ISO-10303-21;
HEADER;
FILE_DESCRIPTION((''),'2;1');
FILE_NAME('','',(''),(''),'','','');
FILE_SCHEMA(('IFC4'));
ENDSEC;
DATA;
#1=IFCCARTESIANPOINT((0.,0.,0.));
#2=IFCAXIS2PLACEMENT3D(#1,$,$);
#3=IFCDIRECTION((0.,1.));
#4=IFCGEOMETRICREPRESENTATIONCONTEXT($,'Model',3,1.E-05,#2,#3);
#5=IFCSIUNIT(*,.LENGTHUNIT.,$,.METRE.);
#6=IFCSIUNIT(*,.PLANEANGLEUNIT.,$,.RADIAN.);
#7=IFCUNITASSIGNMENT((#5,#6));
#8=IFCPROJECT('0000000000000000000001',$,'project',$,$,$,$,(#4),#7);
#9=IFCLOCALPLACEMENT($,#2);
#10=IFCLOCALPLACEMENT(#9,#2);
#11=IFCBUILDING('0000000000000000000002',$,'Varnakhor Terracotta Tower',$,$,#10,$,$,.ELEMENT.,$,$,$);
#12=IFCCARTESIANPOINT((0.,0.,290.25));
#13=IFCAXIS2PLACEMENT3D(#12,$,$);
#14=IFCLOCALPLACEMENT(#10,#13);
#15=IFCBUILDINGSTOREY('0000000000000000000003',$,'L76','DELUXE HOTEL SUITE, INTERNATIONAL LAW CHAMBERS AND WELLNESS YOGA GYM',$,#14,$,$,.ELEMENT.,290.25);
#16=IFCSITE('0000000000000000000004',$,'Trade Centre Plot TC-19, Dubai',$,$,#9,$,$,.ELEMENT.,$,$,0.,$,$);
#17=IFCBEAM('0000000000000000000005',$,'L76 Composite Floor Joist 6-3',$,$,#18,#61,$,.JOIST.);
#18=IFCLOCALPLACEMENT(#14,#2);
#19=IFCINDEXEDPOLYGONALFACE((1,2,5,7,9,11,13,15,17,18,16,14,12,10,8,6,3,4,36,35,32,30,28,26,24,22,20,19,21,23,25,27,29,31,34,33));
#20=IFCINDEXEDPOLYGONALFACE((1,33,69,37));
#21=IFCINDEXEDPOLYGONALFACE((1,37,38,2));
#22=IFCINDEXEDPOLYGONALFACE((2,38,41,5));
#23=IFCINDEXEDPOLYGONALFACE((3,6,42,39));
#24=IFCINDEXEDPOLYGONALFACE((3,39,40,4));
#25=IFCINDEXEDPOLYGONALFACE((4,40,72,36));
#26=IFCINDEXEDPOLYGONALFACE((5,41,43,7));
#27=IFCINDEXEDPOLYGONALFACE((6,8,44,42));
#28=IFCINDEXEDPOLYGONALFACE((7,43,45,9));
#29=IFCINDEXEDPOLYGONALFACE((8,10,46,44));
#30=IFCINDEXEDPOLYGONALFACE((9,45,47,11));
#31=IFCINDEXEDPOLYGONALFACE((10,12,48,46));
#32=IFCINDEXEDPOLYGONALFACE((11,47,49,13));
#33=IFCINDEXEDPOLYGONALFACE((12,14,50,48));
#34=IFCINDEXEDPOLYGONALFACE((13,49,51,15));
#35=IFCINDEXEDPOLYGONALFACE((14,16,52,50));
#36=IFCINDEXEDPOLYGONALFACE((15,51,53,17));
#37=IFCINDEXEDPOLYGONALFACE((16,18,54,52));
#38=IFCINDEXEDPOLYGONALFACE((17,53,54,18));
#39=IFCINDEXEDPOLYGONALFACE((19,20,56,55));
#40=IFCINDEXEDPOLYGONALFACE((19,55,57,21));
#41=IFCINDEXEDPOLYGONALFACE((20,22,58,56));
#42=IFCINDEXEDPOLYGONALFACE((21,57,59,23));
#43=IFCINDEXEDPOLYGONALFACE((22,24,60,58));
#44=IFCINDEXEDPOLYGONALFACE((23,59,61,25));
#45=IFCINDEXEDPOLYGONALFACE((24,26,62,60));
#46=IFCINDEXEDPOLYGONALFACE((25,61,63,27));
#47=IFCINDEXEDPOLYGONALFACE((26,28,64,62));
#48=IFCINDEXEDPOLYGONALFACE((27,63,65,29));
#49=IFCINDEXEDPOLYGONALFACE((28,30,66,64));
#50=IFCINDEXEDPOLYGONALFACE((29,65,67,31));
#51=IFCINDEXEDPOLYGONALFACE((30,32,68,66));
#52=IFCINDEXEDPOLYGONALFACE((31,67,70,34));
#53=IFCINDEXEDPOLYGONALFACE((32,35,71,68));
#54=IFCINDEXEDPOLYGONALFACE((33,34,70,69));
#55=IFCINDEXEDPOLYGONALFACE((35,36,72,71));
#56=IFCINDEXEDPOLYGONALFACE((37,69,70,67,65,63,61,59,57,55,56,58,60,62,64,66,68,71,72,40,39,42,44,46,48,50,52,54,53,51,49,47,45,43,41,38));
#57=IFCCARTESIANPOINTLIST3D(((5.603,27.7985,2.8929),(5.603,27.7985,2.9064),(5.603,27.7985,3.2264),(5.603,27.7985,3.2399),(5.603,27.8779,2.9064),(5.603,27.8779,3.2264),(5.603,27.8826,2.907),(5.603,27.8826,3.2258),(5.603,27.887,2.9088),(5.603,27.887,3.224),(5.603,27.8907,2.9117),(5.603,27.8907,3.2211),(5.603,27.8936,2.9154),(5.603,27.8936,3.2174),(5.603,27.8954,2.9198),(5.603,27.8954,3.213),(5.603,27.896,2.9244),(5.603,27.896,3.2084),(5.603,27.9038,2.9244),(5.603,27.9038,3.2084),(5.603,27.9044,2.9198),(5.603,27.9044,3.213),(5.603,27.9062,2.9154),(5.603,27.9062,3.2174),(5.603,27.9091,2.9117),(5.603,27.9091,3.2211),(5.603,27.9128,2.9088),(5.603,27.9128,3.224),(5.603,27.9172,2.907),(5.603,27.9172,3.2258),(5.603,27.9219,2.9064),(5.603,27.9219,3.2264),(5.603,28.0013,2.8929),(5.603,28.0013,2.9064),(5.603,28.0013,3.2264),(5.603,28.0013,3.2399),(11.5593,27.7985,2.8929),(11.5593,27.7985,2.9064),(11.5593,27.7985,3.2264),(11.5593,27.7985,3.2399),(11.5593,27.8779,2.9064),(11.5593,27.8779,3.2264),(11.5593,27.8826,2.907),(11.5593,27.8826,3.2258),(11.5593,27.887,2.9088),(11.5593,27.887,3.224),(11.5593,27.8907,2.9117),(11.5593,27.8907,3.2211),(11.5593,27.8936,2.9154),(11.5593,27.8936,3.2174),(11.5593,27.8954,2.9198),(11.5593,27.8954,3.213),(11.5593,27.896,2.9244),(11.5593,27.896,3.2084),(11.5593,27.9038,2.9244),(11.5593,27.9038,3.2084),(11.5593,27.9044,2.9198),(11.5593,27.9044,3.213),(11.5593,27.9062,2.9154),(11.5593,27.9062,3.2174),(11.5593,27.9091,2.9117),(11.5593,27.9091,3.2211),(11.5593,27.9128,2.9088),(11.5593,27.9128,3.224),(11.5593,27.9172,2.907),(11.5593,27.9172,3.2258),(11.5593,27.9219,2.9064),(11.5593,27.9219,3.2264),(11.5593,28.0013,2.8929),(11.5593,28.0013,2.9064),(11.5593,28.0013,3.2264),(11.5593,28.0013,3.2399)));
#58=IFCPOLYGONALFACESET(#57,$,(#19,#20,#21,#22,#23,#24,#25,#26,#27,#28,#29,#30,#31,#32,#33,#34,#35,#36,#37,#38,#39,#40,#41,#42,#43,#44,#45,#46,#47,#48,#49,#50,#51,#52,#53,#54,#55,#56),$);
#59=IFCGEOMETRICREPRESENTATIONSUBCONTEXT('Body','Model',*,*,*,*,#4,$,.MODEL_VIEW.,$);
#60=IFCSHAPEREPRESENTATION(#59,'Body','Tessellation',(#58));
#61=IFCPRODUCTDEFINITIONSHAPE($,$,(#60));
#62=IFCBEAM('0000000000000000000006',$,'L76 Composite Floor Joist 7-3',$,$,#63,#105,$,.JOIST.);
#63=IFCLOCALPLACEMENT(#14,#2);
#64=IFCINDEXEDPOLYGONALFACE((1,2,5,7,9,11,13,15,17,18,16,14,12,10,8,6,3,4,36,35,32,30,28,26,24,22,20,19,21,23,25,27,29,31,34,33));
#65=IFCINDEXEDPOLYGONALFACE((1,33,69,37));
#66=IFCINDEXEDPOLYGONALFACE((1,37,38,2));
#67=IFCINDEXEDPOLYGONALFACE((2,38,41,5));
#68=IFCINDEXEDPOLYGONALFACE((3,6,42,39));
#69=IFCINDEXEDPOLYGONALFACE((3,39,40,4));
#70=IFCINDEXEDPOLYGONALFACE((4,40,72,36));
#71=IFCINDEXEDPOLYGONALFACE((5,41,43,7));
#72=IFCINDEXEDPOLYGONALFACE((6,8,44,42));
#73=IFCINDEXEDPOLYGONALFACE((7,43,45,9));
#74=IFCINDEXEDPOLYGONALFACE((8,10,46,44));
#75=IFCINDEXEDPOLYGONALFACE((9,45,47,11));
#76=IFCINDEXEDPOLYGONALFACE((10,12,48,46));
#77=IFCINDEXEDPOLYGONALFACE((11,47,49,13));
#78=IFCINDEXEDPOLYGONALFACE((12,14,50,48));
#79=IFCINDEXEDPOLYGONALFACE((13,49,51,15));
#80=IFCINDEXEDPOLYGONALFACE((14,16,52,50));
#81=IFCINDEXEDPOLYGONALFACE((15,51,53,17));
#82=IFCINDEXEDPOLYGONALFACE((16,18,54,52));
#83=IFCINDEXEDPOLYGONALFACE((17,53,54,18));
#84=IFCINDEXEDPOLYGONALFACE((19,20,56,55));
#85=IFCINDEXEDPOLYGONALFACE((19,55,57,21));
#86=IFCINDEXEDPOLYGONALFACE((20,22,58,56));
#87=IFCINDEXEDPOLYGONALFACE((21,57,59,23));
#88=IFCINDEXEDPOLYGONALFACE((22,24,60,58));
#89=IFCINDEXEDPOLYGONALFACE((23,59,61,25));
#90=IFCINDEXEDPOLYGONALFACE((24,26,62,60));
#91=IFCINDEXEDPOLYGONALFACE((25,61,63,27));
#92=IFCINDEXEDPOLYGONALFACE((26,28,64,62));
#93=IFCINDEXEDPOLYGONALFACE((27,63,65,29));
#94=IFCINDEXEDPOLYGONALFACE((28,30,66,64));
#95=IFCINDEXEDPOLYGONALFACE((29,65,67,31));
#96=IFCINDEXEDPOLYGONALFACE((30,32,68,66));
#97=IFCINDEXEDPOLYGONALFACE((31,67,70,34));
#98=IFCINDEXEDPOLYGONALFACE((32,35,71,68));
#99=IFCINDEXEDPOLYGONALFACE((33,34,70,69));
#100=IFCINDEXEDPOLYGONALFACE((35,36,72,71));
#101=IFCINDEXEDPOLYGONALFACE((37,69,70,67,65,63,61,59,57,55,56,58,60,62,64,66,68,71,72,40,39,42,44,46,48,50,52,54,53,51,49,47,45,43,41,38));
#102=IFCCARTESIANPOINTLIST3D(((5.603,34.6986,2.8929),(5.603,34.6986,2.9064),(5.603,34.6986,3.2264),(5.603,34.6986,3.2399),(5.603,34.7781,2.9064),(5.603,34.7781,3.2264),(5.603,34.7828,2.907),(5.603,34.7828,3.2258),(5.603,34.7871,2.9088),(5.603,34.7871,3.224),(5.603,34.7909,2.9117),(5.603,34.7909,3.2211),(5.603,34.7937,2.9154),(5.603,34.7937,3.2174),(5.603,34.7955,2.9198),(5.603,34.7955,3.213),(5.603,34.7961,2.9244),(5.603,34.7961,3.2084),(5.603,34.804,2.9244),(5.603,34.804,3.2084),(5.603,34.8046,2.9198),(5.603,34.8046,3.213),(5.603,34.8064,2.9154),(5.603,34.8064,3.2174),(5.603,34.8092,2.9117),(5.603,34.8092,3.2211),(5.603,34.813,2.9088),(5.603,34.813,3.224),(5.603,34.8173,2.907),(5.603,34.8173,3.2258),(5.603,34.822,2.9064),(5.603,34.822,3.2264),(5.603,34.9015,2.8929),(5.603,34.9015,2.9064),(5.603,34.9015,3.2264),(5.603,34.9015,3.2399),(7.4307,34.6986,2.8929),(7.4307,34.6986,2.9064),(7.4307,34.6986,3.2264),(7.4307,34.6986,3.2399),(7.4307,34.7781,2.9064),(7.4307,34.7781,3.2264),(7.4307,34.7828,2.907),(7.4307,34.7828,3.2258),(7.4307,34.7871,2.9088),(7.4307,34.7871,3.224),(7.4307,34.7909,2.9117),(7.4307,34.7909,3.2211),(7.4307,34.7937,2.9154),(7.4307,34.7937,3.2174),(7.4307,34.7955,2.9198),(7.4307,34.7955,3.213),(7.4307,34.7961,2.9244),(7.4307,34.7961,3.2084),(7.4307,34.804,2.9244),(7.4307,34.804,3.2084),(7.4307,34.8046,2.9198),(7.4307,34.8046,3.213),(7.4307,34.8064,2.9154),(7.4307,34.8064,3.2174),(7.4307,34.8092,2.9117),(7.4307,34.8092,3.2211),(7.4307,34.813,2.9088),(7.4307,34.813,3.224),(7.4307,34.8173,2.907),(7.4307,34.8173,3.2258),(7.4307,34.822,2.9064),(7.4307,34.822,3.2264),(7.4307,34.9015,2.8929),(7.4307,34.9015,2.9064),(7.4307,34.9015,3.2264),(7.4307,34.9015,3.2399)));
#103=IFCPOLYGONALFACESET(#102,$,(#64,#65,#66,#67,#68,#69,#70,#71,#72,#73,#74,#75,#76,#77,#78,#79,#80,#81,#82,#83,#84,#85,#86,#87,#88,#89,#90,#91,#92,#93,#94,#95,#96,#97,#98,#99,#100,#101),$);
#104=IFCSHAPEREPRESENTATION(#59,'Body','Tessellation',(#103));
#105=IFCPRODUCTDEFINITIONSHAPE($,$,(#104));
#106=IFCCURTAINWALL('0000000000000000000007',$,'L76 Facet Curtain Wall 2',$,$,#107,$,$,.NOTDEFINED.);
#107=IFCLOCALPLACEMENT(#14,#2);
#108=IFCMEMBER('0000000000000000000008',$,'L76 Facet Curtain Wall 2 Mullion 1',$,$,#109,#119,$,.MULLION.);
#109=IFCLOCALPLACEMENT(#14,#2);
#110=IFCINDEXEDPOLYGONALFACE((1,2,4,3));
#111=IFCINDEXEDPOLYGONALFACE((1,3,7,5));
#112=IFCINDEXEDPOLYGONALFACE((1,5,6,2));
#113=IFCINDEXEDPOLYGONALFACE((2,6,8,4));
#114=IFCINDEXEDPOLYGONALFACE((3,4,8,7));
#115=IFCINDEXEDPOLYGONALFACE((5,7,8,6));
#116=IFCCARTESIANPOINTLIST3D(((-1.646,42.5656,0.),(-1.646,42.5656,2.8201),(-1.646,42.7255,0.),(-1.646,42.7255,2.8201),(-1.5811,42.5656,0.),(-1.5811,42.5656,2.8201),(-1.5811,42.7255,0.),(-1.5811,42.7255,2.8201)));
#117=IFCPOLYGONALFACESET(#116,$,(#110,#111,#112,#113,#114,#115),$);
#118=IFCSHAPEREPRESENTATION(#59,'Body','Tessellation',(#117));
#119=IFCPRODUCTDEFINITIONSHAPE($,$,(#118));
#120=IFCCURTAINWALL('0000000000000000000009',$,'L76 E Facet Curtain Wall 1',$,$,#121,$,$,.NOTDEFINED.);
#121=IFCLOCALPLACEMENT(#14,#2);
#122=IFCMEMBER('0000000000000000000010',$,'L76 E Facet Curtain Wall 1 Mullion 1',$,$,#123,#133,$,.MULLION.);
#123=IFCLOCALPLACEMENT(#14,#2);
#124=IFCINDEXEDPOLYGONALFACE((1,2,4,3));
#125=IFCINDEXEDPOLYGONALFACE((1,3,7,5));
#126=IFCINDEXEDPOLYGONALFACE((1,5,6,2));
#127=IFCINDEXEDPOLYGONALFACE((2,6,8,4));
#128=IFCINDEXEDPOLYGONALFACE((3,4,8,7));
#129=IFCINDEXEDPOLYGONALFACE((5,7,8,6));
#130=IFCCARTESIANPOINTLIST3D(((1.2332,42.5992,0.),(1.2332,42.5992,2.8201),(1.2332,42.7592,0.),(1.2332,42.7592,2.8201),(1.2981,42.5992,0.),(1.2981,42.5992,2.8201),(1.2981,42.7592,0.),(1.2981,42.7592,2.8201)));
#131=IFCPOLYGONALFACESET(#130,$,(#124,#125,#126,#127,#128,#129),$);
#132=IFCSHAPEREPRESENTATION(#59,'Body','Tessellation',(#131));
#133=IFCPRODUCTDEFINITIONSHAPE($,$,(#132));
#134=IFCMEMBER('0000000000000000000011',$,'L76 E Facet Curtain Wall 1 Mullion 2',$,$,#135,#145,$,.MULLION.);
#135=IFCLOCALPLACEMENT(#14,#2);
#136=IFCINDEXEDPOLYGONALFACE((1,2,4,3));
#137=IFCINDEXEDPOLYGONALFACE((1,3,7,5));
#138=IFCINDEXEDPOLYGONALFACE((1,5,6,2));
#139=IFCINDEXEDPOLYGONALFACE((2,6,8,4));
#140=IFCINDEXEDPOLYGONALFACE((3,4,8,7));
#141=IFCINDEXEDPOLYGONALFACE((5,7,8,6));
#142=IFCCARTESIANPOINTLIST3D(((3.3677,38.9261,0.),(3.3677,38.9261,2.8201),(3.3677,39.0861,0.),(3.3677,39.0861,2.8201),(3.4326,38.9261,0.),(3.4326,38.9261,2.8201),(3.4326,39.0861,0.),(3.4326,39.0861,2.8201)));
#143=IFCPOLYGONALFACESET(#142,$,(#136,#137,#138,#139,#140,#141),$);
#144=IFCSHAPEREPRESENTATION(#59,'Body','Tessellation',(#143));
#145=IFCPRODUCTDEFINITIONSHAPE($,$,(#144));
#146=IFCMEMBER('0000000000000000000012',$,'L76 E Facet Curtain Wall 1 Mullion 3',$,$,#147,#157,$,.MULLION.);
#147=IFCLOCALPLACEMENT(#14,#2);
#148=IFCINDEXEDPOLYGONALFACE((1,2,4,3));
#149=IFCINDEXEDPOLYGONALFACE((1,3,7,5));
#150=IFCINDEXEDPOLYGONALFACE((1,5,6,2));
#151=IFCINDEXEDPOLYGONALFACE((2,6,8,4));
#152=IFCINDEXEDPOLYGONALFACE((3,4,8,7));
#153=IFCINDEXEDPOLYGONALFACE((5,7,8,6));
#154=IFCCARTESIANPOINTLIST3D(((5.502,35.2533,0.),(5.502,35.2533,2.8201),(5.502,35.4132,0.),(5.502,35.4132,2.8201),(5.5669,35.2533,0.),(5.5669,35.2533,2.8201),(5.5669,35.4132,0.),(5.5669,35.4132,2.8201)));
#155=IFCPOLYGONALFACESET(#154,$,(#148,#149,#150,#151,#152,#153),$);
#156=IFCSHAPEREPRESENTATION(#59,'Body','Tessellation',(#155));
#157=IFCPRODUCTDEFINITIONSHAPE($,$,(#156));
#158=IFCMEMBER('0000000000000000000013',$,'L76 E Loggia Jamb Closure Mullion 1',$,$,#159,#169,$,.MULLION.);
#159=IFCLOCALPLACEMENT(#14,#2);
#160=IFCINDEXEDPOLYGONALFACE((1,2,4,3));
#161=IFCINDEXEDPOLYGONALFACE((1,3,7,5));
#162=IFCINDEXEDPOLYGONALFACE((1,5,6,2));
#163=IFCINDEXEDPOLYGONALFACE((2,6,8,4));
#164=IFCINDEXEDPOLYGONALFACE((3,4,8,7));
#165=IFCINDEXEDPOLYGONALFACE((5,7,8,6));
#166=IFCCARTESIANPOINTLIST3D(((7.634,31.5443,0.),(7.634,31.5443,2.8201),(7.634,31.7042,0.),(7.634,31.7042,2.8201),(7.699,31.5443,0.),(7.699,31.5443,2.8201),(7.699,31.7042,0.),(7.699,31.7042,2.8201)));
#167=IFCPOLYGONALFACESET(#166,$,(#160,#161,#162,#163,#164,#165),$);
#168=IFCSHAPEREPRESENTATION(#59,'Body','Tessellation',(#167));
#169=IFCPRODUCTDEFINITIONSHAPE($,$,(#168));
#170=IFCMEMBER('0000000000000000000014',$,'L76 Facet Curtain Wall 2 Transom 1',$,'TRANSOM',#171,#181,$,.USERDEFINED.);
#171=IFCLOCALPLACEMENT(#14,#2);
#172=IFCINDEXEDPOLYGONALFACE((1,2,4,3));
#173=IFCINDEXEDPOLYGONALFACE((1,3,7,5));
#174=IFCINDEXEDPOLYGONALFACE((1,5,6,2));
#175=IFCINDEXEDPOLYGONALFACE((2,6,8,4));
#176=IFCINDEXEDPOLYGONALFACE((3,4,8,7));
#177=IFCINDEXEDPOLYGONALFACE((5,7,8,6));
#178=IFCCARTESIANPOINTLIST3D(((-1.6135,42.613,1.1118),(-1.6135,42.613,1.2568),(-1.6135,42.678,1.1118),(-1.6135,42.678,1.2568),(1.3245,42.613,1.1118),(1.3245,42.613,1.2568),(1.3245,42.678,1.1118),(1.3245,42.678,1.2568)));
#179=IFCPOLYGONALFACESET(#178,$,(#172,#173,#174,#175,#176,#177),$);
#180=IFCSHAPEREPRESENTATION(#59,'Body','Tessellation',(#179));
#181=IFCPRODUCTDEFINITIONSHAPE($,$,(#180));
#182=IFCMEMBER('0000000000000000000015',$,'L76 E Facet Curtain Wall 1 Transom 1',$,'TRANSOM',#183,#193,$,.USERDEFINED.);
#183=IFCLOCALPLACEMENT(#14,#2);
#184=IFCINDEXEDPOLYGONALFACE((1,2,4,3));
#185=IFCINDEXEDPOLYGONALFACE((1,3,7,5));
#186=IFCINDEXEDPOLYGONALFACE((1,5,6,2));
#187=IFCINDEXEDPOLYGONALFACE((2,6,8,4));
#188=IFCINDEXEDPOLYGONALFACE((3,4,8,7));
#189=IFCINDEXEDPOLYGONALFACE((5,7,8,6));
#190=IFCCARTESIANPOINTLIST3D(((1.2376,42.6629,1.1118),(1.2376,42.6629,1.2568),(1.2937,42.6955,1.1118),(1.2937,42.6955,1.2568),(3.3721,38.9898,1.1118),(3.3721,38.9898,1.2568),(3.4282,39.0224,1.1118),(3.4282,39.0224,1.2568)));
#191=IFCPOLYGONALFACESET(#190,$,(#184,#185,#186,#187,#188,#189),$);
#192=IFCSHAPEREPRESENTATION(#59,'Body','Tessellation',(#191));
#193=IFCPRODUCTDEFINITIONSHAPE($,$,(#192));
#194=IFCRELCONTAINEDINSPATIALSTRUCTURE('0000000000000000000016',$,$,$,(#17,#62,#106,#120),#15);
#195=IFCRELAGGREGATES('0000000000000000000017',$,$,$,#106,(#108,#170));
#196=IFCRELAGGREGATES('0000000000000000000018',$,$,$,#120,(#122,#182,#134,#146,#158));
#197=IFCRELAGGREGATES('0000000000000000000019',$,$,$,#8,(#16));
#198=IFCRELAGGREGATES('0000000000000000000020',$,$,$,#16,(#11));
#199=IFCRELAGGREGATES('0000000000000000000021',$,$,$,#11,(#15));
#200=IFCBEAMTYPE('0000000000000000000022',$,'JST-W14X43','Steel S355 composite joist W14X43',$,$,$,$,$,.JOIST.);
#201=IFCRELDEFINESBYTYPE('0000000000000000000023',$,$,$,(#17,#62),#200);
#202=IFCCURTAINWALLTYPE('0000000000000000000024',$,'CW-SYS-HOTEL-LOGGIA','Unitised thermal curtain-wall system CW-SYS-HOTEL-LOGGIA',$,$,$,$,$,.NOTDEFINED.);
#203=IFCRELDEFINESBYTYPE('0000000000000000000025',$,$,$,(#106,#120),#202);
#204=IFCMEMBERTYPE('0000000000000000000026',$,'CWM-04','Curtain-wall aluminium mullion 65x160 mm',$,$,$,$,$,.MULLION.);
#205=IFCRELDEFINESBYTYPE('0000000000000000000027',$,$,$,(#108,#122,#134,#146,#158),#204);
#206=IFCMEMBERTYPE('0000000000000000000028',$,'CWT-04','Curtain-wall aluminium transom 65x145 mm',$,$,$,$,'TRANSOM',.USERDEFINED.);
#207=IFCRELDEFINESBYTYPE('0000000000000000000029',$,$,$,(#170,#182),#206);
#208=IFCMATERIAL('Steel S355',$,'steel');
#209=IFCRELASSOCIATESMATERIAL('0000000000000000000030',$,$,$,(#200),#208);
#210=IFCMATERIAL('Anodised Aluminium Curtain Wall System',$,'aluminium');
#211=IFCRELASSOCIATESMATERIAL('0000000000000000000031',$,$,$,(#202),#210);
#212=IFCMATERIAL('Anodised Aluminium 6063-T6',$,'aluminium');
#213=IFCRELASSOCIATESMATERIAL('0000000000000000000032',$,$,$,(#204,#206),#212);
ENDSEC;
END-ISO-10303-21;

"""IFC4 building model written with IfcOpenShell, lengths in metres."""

from ifc_helpers import new_model, si_unit, direction, frame, origin, origin_2d, place, context, subcontext, project, spatial, rectangle, i_section, extrude, source, transform, mapped, material, material_profile, profile_set, type_object, type_shapes, element, aggregate, save


model = new_model("IFC4")

# Units and contexts
model_context = context("Model", 3, precision=1e-05, world=origin(), true_north=direction((0.0, 1.0)))
body_context = subcontext(model_context, "Body", "Model", "MODEL_VIEW")
ifc_project = project(units=[si_unit("LENGTHUNIT", "METRE"), si_unit("PLANEANGLEUNIT", "RADIAN")], contexts=[model_context])

# Site, building, storey
site_placement = place(None, origin())
site = spatial("IfcSite", under=ifc_project, at=site_placement, Name="Trade Centre Plot TC-19, Dubai", CompositionType="ELEMENT", RefElevation=0.0)
building_placement = place(site_placement, origin())
building = spatial("IfcBuilding", under=site, at=building_placement, Name="Varnakhor Terracotta Tower", CompositionType="ELEMENT")
storey_placement = place(building_placement, frame((0.0, 0.0, 290.25)))
storey = spatial("IfcBuildingStorey", under=building, at=storey_placement, Name="L76", Description="DELUXE HOTEL SUITE, INTERNATIONAL LAW CHAMBERS AND WELLNESS YOGA GYM", CompositionType="ELEMENT", Elevation=290.25)

# Shared definitions
ifc_material_1 = material(Name="Steel S355", Category="steel")

# Beams
ifc_material_profile_1 = material_profile(ifc_material_1, i_section(OverallWidth=0.2029, OverallDepth=0.3469, WebThickness=0.0078, FlangeThickness=0.0134, FilletRadius=0.0181, at=origin_2d()), Name="W14X43")
ifc_profile_set_1 = profile_set([ifc_material_profile_1], Name="Steel S355")
beam_type_1 = type_object("IfcBeamType", Name="JST-W14X43", Description="Steel S355 composite joist W14X43", PredefinedType="JOIST", material=ifc_profile_set_1)
shared_shape_1 = source(origin(), body_context, "Body", "SweptSolid", [
    extrude(i_section(OverallWidth=0.2029, OverallDepth=0.3469, WebThickness=0.0078, FlangeThickness=0.0134, FilletRadius=0.0181, at=origin_2d()), origin(), (0.0, 0.0, 1.0), 5.9563),
])
beam_1_placement = place(storey_placement, frame((5.603, 27.8999, 3.0664), z_axis=(1.0, 0.0, 0.0), x_axis=(0.0, 1.0, 0.0)))
element("IfcBeam", 1, at=beam_1_placement, inside=storey, type_object=beam_type_1, Name="L76 Composite Floor Joist 6-3", PredefinedType="JOIST", context=body_context, shape_type="MappedRepresentation", body=[
    mapped(shared_shape_1, transform((0.0, 0.0, 0.0), scale=1.0)),
])
shared_shape_2 = source(origin(), body_context, "Body", "SweptSolid", [
    extrude(i_section(OverallWidth=0.2029, OverallDepth=0.3469, WebThickness=0.0078, FlangeThickness=0.0134, FilletRadius=0.0181, at=origin_2d()), origin(), (0.0, 0.0, 1.0), 1.8276),
])
beam_2_placement = place(storey_placement, frame((5.603, 34.8, 3.0664), z_axis=(1.0, 0.0, 0.0), x_axis=(0.0, 1.0, 0.0)))
element("IfcBeam", 2, at=beam_2_placement, inside=storey, type_object=beam_type_1, Name="L76 Composite Floor Joist 7-3", PredefinedType="JOIST", context=body_context, shape_type="MappedRepresentation", body=[
    mapped(shared_shape_2, transform((0.0, 0.0, 0.0), scale=1.0)),
])

# Curtain wall, member
ifc_material_2 = material(Name="Anodised Aluminium Curtain Wall System", Category="aluminium")
curtain_wall_type = type_object("IfcCurtainWallType", Name="CW-SYS-HOTEL-LOGGIA", Description="Unitised thermal curtain-wall system CW-SYS-HOTEL-LOGGIA", PredefinedType="NOTDEFINED", material=ifc_material_2)
curtain_wall_1_placement = place(storey_placement, origin())
curtain_wall_1 = element("IfcCurtainWall", 3, at=curtain_wall_1_placement, inside=storey, type_object=curtain_wall_type, Name="L76 Facet Curtain Wall 2", PredefinedType="NOTDEFINED")
ifc_material_3 = material(Name="Anodised Aluminium 6063-T6", Category="aluminium")
ifc_material_profile_2 = material_profile(ifc_material_3, rectangle(XDim=0.0649, YDim=0.1599, at=origin_2d()), Name="ALU MULLION 65x160")
ifc_profile_set_2 = profile_set([ifc_material_profile_2], Name="Anodised Aluminium 6063-T6")
member_type_1 = type_object("IfcMemberType", Name="CWM-04", Description="Curtain-wall aluminium mullion 65x160 mm", PredefinedType="MULLION", material=ifc_profile_set_2)
shared_shape_3 = source(origin(), body_context, "Body", "SweptSolid", [
    extrude(rectangle(XDim=0.0649, YDim=0.1599, at=origin_2d()), origin(), (0.0, 0.0, 1.0), 2.8201),
])
type_shapes(member_type_1, [shared_shape_3])
member_1_placement = place(storey_placement, frame((-1.6135, 42.6455, 0.0), z_axis=(0.0, 0.0, 1.0), x_axis=(1.0, 0.0, 0.0)))
member_1 = element("IfcMember", 4, at=member_1_placement, type_object=member_type_1, Name="L76 Facet Curtain Wall 2 Mullion 1", PredefinedType="MULLION", context=body_context, shape_type="MappedRepresentation", body=[
    mapped(shared_shape_3, transform((0.0, 0.0, 0.0), scale=1.0)),
])

# Curtain wall, members
curtain_wall_2_placement = place(storey_placement, origin())
curtain_wall_2 = element("IfcCurtainWall", 5, at=curtain_wall_2_placement, inside=storey, type_object=curtain_wall_type, Name="L76 E Facet Curtain Wall 1", PredefinedType="NOTDEFINED")
member_2_placement = place(storey_placement, frame((1.2656, 42.6792, 0.0), z_axis=(0.0, 0.0, 1.0), x_axis=(1.0, 0.0, 0.0)))
member_2 = element("IfcMember", 6, at=member_2_placement, type_object=member_type_1, Name="L76 E Facet Curtain Wall 1 Mullion 1", PredefinedType="MULLION", context=body_context, shape_type="MappedRepresentation", body=[
    mapped(shared_shape_3, transform((0.0, 0.0, 0.0), scale=1.0)),
])
member_3_placement = place(storey_placement, frame((3.4001, 39.0061, 0.0), z_axis=(0.0, 0.0, 1.0), x_axis=(1.0, 0.0, 0.0)))
member_3 = element("IfcMember", 7, at=member_3_placement, type_object=member_type_1, Name="L76 E Facet Curtain Wall 1 Mullion 2", PredefinedType="MULLION", context=body_context, shape_type="MappedRepresentation", body=[
    mapped(shared_shape_3, transform((0.0, 0.0, 0.0), scale=1.0)),
])
member_4_placement = place(storey_placement, frame((5.5344, 35.3333, 0.0), z_axis=(0.0, 0.0, 1.0), x_axis=(1.0, 0.0, 0.0)))
member_4 = element("IfcMember", 8, at=member_4_placement, type_object=member_type_1, Name="L76 E Facet Curtain Wall 1 Mullion 3", PredefinedType="MULLION", context=body_context, shape_type="MappedRepresentation", body=[
    mapped(shared_shape_3, transform((0.0, 0.0, 0.0), scale=1.0)),
])
member_5_placement = place(storey_placement, frame((7.6665, 31.6243, 0.0), z_axis=(0.0, 0.0, 1.0), x_axis=(1.0, 0.0, 0.0)))
member_5 = element("IfcMember", 9, at=member_5_placement, type_object=member_type_1, Name="L76 E Loggia Jamb Closure Mullion 1", PredefinedType="MULLION", context=body_context, shape_type="MappedRepresentation", body=[
    mapped(shared_shape_3, transform((0.0, 0.0, 0.0), scale=1.0)),
])

# Members
ifc_material_profile_3 = material_profile(ifc_material_3, rectangle(XDim=0.0649, YDim=0.145, at=origin_2d()), Name="ALU TRANSOM 65x145")
ifc_profile_set_3 = profile_set([ifc_material_profile_3], Name="Anodised Aluminium 6063-T6")
member_type_2 = type_object("IfcMemberType", Name="CWT-04", Description="Curtain-wall aluminium transom 65x145 mm", ElementType="TRANSOM", PredefinedType="USERDEFINED", material=ifc_profile_set_3)
shared_shape_4 = source(origin(), body_context, "Body", "SweptSolid", [
    extrude(rectangle(XDim=0.0649, YDim=0.145, at=origin_2d()), origin(), (0.0, 0.0, 1.0), 2.938),
])
member_6_placement = place(storey_placement, frame((-1.6135, 42.6455, 1.1843), z_axis=(1.0, 0.0, 0.0), x_axis=(0.0, 1.0, 0.0)))
member_6 = element("IfcMember", 10, at=member_6_placement, type_object=member_type_2, Name="L76 Facet Curtain Wall 2 Transom 1", ObjectType="TRANSOM", PredefinedType="USERDEFINED", context=body_context, shape_type="MappedRepresentation", body=[
    mapped(shared_shape_4, transform((0.0, 0.0, 0.0), scale=1.0)),
])
shared_shape_5 = source(origin(), body_context, "Body", "SweptSolid", [
    extrude(rectangle(XDim=0.0649, YDim=0.145, at=origin_2d()), origin(), (0.0, 0.0, 1.0), 4.2483),
])
member_7_placement = place(storey_placement, frame((1.2656, 42.6792, 1.1843), z_axis=(0.502445, -0.864609, 0.0), x_axis=(0.864609, 0.502445, 0.0)))
member_7 = element("IfcMember", 11, at=member_7_placement, type_object=member_type_2, Name="L76 E Facet Curtain Wall 1 Transom 1", ObjectType="TRANSOM", PredefinedType="USERDEFINED", context=body_context, shape_type="MappedRepresentation", body=[
    mapped(shared_shape_5, transform((0.0, 0.0, 0.0), scale=1.0)),
])

aggregate(curtain_wall_1, [member_1, member_6])
aggregate(curtain_wall_2, [member_2, member_7, member_3, member_4, member_5])

save(model, "model.ifc")
